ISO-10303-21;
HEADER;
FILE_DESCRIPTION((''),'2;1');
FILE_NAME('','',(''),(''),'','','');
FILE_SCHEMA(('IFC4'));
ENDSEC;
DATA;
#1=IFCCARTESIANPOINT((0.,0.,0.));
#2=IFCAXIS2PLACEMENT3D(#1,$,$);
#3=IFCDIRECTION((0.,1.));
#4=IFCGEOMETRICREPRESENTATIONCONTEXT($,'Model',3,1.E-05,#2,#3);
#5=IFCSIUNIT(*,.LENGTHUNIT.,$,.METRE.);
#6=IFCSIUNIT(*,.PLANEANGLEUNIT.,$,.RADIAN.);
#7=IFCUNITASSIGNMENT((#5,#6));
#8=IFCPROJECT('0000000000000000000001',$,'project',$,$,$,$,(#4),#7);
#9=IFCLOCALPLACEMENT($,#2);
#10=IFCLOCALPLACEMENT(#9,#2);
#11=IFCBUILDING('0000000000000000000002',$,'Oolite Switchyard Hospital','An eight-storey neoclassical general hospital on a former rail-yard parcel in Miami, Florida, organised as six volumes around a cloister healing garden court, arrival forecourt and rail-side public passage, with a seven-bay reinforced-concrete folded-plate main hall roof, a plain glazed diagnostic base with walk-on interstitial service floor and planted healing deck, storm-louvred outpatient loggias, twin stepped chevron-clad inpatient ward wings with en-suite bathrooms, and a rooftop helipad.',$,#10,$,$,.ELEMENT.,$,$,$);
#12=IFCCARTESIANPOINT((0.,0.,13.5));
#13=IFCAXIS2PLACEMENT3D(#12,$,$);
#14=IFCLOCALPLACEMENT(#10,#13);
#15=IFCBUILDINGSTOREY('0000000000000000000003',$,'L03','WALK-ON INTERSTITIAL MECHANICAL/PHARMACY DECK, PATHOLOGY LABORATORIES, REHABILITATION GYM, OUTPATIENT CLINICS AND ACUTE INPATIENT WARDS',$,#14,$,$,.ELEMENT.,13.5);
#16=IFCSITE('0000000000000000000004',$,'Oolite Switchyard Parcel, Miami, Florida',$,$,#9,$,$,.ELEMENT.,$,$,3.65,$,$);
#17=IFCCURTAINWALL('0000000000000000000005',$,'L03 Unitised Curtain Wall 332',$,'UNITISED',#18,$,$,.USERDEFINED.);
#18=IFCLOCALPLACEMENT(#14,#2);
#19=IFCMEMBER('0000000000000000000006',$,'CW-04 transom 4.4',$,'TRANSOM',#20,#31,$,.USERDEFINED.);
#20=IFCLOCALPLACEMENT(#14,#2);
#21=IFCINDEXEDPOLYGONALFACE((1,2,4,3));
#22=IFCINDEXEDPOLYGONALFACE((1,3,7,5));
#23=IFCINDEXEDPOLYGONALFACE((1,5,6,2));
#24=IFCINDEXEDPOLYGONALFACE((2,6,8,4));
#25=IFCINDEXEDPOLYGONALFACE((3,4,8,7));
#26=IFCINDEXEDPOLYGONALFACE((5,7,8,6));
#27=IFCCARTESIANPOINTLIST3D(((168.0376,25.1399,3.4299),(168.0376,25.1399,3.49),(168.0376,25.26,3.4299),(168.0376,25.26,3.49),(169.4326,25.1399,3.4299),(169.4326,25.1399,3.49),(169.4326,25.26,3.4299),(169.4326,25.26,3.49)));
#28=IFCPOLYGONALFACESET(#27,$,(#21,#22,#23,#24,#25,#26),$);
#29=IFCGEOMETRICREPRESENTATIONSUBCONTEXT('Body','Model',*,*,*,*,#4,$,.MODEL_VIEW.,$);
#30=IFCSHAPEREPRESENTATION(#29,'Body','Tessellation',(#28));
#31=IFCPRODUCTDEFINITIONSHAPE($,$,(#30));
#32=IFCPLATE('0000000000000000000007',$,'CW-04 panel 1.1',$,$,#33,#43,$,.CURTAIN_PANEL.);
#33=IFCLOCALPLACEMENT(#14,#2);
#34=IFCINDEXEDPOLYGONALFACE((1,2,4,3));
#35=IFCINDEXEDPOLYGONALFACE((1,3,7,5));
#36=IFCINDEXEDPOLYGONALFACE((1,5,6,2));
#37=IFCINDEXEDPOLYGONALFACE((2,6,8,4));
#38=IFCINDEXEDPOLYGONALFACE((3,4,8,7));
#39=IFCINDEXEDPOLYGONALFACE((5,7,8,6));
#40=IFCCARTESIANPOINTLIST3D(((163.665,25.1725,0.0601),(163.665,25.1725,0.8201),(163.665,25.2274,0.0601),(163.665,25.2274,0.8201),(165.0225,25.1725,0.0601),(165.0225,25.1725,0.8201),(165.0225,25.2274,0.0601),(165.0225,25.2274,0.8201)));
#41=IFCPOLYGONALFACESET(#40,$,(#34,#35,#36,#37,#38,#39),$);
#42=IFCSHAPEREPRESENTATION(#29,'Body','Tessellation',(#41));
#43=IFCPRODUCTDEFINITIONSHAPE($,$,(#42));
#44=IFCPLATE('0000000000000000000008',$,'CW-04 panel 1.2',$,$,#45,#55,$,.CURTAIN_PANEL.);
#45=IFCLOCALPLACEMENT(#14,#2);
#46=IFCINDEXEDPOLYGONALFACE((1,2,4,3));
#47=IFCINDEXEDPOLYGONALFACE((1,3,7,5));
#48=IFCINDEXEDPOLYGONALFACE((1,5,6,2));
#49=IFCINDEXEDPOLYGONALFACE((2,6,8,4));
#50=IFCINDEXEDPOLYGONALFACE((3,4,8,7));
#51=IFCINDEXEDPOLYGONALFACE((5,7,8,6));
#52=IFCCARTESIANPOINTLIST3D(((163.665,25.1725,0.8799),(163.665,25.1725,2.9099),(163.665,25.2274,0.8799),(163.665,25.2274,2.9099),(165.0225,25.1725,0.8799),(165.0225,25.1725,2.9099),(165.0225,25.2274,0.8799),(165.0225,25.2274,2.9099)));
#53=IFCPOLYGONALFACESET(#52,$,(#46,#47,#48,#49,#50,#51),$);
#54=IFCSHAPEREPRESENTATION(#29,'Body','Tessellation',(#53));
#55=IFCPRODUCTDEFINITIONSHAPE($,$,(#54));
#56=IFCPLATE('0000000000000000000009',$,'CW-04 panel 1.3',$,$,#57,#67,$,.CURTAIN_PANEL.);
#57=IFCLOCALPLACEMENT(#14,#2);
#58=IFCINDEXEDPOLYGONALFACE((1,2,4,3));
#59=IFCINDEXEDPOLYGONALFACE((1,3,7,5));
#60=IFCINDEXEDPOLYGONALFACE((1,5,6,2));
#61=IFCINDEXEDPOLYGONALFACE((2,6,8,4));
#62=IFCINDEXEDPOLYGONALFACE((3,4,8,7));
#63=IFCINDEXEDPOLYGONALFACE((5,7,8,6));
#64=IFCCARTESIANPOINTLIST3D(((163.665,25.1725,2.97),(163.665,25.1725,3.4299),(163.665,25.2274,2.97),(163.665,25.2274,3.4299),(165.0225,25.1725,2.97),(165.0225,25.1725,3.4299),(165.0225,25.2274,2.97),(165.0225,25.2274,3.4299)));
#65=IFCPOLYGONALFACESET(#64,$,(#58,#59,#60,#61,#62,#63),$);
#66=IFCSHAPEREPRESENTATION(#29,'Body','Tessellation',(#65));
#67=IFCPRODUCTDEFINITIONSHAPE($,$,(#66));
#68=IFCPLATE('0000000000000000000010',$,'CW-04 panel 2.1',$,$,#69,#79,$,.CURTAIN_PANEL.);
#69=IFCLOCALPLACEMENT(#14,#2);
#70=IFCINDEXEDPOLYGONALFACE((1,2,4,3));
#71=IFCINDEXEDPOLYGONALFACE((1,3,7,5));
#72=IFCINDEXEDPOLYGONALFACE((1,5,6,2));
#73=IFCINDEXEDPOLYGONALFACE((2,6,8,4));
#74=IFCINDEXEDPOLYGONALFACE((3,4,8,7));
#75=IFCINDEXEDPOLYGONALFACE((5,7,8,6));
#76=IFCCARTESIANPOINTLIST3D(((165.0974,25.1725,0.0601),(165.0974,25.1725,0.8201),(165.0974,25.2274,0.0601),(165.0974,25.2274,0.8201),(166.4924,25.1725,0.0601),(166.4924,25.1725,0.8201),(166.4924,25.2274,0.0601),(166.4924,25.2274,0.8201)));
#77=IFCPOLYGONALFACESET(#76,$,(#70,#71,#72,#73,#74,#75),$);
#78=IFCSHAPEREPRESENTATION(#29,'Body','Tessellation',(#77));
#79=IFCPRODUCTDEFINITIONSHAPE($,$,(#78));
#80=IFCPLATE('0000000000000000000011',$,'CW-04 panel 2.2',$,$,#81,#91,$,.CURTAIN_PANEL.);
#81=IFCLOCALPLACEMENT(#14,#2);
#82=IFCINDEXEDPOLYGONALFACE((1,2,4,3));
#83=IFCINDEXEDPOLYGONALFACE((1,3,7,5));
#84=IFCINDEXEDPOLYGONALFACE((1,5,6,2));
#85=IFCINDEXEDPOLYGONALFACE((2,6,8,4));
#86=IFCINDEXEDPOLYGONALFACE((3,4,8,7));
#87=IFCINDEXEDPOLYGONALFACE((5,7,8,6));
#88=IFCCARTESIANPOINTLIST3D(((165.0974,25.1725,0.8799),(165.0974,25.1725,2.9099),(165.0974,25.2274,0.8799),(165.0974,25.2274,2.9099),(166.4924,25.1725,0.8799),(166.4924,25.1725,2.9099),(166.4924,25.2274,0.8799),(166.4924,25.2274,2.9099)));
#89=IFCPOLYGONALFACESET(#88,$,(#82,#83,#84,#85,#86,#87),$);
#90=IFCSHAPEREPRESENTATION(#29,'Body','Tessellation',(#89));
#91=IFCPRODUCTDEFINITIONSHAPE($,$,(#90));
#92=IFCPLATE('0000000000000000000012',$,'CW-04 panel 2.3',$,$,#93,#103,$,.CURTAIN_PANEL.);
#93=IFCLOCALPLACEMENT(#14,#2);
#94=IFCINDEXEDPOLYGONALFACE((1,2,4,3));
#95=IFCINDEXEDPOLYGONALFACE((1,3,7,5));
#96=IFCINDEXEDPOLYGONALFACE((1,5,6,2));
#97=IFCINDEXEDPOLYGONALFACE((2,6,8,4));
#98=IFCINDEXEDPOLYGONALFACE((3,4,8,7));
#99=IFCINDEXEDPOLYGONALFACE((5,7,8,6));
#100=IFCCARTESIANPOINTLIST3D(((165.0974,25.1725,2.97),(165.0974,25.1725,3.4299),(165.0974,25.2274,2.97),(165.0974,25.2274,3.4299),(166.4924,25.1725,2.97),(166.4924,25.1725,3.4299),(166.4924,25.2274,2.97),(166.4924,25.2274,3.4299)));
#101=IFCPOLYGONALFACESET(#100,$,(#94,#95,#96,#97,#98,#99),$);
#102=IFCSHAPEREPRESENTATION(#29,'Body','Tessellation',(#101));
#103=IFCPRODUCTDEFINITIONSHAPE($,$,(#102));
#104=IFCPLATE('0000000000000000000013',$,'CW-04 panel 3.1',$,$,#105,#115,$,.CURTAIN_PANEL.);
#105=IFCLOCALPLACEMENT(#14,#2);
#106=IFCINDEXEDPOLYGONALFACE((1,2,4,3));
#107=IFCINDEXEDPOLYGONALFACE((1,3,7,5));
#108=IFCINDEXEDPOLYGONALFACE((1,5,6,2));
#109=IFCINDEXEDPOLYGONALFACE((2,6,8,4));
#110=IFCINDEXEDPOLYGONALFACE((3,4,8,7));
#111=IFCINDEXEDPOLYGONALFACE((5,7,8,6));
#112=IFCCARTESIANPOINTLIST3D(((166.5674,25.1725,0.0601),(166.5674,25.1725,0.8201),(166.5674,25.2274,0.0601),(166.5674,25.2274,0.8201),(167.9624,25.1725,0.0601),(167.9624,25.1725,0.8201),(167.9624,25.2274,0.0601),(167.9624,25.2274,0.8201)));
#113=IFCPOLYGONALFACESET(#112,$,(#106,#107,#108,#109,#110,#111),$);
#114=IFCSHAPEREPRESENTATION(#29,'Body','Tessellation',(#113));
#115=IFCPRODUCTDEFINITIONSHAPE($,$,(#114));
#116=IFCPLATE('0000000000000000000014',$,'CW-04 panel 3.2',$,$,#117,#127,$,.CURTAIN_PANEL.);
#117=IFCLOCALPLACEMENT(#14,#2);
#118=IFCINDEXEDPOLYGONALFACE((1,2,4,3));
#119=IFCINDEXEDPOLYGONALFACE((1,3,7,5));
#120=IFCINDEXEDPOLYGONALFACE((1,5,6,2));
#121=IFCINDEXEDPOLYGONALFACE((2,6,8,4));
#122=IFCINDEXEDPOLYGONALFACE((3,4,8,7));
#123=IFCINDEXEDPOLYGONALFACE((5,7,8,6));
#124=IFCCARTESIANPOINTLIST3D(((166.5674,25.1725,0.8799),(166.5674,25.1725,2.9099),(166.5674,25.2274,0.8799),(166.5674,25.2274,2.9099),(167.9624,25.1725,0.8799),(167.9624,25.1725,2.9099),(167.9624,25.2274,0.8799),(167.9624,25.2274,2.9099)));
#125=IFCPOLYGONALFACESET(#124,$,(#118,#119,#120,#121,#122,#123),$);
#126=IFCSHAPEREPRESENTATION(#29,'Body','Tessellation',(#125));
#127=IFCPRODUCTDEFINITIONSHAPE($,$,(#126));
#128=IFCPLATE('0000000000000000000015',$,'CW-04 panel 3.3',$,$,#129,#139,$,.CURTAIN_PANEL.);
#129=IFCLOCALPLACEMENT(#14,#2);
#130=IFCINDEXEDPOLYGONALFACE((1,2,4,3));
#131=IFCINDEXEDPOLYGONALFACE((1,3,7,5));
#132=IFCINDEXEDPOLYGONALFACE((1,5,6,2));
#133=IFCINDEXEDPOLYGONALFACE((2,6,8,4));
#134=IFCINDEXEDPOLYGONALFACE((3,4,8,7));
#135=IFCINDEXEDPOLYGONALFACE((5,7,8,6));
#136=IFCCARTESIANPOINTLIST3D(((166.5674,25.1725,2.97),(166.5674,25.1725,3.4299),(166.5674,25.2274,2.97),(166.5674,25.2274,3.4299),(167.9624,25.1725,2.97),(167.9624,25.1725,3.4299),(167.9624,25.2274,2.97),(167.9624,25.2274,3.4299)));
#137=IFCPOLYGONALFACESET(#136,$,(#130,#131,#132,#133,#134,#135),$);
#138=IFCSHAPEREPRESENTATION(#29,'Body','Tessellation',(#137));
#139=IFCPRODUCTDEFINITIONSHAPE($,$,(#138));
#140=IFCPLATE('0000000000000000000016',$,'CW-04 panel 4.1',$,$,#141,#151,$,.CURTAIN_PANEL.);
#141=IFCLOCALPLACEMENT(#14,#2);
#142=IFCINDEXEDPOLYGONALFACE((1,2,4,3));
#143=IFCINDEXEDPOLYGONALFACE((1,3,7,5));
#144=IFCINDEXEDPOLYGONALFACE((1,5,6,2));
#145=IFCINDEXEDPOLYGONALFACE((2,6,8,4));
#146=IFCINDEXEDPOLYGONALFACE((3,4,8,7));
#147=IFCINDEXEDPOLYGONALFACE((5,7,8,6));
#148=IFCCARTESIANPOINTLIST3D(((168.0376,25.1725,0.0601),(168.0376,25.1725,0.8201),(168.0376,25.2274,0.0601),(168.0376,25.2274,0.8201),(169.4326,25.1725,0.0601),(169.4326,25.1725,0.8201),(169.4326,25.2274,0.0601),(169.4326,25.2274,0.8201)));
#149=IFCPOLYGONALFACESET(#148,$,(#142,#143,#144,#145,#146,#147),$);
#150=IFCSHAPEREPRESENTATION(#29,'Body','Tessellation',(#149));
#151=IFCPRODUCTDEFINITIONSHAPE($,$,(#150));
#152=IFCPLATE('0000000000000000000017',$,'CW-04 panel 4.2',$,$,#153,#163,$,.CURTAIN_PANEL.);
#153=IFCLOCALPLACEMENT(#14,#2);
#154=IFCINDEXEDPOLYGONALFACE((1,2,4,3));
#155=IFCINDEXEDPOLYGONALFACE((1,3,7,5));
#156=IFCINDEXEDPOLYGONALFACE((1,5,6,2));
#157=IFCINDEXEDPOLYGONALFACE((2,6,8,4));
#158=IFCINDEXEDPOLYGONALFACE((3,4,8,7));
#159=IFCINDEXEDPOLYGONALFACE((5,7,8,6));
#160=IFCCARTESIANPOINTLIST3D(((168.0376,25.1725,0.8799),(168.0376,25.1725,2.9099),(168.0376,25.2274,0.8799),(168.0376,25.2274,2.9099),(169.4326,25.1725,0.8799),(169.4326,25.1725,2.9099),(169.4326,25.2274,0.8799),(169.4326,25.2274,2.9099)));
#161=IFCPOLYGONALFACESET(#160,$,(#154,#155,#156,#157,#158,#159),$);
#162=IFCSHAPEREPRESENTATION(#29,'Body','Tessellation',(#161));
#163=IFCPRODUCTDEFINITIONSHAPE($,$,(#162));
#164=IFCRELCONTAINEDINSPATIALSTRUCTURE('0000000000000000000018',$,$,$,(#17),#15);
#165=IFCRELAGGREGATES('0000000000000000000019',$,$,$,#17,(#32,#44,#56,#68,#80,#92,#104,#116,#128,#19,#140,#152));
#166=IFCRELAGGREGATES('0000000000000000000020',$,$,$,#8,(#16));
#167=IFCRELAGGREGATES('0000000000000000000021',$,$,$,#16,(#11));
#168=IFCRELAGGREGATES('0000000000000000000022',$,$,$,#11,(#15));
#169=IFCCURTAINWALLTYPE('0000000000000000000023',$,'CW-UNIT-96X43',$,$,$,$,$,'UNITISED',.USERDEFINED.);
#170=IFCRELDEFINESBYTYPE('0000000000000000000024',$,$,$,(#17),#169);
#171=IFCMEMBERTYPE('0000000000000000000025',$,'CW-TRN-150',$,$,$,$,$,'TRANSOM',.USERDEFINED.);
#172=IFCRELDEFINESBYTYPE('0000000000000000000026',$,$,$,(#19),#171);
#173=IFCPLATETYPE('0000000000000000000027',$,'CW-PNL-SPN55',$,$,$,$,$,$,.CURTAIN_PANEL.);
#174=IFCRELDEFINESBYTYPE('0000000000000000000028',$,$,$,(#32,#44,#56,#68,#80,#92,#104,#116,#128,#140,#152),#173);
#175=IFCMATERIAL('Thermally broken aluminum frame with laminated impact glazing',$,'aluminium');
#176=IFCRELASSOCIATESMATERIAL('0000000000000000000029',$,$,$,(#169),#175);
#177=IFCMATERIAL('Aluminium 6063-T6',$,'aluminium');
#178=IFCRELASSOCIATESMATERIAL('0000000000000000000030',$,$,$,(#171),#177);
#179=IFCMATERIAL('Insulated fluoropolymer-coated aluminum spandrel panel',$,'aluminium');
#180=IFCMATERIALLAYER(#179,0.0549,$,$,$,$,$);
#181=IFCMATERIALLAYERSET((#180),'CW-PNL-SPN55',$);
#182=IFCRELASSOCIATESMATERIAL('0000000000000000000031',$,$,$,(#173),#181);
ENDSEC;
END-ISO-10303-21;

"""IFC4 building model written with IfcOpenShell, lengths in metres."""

from ifc_helpers import new_model, si_unit, direction, frame, origin, origin_2d, place, context, subcontext, project, spatial, rectangle, extrude, material, layer, layer_set, material_profile, profile_set, type_object, element, aggregate, save


model = new_model("IFC4")

# Units and contexts
model_context = context("Model", 3, precision=1e-05, world=origin(), true_north=direction((0.0, 1.0)))
body_context = subcontext(model_context, "Body", "Model", "MODEL_VIEW")
ifc_project = project(units=[si_unit("LENGTHUNIT", "METRE"), si_unit("PLANEANGLEUNIT", "RADIAN")], contexts=[model_context])

# Site, building, storey
site_placement = place(None, origin())
site = spatial("IfcSite", under=ifc_project, at=site_placement, Name="Oolite Switchyard Parcel, Miami, Florida", CompositionType="ELEMENT", RefElevation=3.65)
building_placement = place(site_placement, origin())
building = spatial("IfcBuilding", under=site, at=building_placement, Name="Oolite Switchyard Hospital", Description="An eight-storey neoclassical general hospital on a former rail-yard parcel in Miami, Florida, organised as six volumes around a cloister healing garden court, arrival forecourt and rail-side public passage, with a seven-bay reinforced-concrete folded-plate main hall roof, a plain glazed diagnostic base with walk-on interstitial service floor and planted healing deck, storm-louvred outpatient loggias, twin stepped chevron-clad inpatient ward wings with en-suite bathrooms, and a rooftop helipad.", CompositionType="ELEMENT")
storey_placement = place(building_placement, frame((0.0, 0.0, 13.5)))
storey = spatial("IfcBuildingStorey", under=building, at=storey_placement, Name="L03", Description="WALK-ON INTERSTITIAL MECHANICAL/PHARMACY DECK, PATHOLOGY LABORATORIES, REHABILITATION GYM, OUTPATIENT CLINICS AND ACUTE INPATIENT WARDS", CompositionType="ELEMENT", Elevation=13.5)

# Curtain wall, member, plates
ifc_material_1 = material(Name="Thermally broken aluminum frame with laminated impact glazing", Category="aluminium")
curtain_wall_type = type_object("IfcCurtainWallType", Name="CW-UNIT-96X43", ElementType="UNITISED", PredefinedType="USERDEFINED", material=ifc_material_1)
curtain_wall_placement = place(storey_placement, origin())
curtain_wall = element("IfcCurtainWall", 1, at=curtain_wall_placement, inside=storey, type_object=curtain_wall_type, Name="L03 Unitised Curtain Wall 332", ObjectType="UNITISED", PredefinedType="USERDEFINED")
ifc_material_2 = material(Name="Aluminium 6063-T6", Category="aluminium")
ifc_material_profile_1 = material_profile(ifc_material_2, rectangle(XDim=0.1201, YDim=0.0601, at=origin_2d()), Name="CWT60X120")
ifc_profile_set_1 = profile_set([ifc_material_profile_1], Name="Aluminium 6063-T6")
member_type_1 = type_object("IfcMemberType", Name="CW-TRN-150", ElementType="TRANSOM", PredefinedType="USERDEFINED", material=ifc_profile_set_1)
member_1_placement = place(storey_placement, frame((168.0376, 25.2, 3.46), z_axis=(1.0, 0.0, 0.0), x_axis=(0.0, 1.0, 0.0)))
member_1 = element("IfcMember", 2, at=member_1_placement, type_object=member_type_1, Name="CW-04 transom 4.4", ObjectType="TRANSOM", PredefinedType="USERDEFINED", context=body_context, shape_type="SweptSolid", body=[
    extrude(rectangle(XDim=0.1201, YDim=0.0601, at=origin_2d()), origin(), (0.0, 0.0, 1.0), 1.395),
])
ifc_material_3 = material(Name="Insulated fluoropolymer-coated aluminum spandrel panel", Category="aluminium")
ifc_layer = layer(ifc_material_3, 0.0549)
ifc_layer_set = layer_set([ifc_layer], Name="CW-PNL-SPN55")
plate_type = type_object("IfcPlateType", Name="CW-PNL-SPN55", PredefinedType="CURTAIN_PANEL", material=ifc_layer_set)
plate_1_placement = place(storey_placement, frame((164.3438, 25.2, 0.0601), z_axis=(0.0, 0.0, 1.0), x_axis=(1.0, 0.0, 0.0)))
plate_1 = element("IfcPlate", 3, at=plate_1_placement, type_object=plate_type, Name="CW-04 panel 1.1", PredefinedType="CURTAIN_PANEL", context=body_context, shape_type="SweptSolid", body=[
    extrude(rectangle(XDim=1.3574, YDim=0.0549, at=origin_2d()), origin(), (0.0, 0.0, 1.0), 0.76),
])
plate_2_placement = place(storey_placement, frame((164.3438, 25.2, 0.8799), z_axis=(0.0, 0.0, 1.0), x_axis=(1.0, 0.0, 0.0)))
plate_2 = element("IfcPlate", 4, at=plate_2_placement, type_object=plate_type, Name="CW-04 panel 1.2", PredefinedType="CURTAIN_PANEL", context=body_context, shape_type="SweptSolid", body=[
    extrude(rectangle(XDim=1.3574, YDim=0.0549, at=origin_2d()), origin(), (0.0, 0.0, 1.0), 2.03),
])
plate_3_placement = place(storey_placement, frame((164.3438, 25.2, 2.97), z_axis=(0.0, 0.0, 1.0), x_axis=(1.0, 0.0, 0.0)))
plate_3 = element("IfcPlate", 5, at=plate_3_placement, type_object=plate_type, Name="CW-04 panel 1.3", PredefinedType="CURTAIN_PANEL", context=body_context, shape_type="SweptSolid", body=[
    extrude(rectangle(XDim=1.3574, YDim=0.0549, at=origin_2d()), origin(), (0.0, 0.0, 1.0), 0.46),
])
plate_4_placement = place(storey_placement, frame((165.7949, 25.2, 0.0601), z_axis=(0.0, 0.0, 1.0), x_axis=(1.0, 0.0, 0.0)))
plate_4 = element("IfcPlate", 6, at=plate_4_placement, type_object=plate_type, Name="CW-04 panel 2.1", PredefinedType="CURTAIN_PANEL", context=body_context, shape_type="SweptSolid", body=[
    extrude(rectangle(XDim=1.395, YDim=0.0549, at=origin_2d()), origin(), (0.0, 0.0, 1.0), 0.76),
])
plate_5_placement = place(storey_placement, frame((165.7949, 25.2, 0.8799), z_axis=(0.0, 0.0, 1.0), x_axis=(1.0, 0.0, 0.0)))
plate_5 = element("IfcPlate", 7, at=plate_5_placement, type_object=plate_type, Name="CW-04 panel 2.2", PredefinedType="CURTAIN_PANEL", context=body_context, shape_type="SweptSolid", body=[
    extrude(rectangle(XDim=1.395, YDim=0.0549, at=origin_2d()), origin(), (0.0, 0.0, 1.0), 2.03),
])
plate_6_placement = place(storey_placement, frame((165.7949, 25.2, 2.97), z_axis=(0.0, 0.0, 1.0), x_axis=(1.0, 0.0, 0.0)))
plate_6 = element("IfcPlate", 8, at=plate_6_placement, type_object=plate_type, Name="CW-04 panel 2.3", PredefinedType="CURTAIN_PANEL", context=body_context, shape_type="SweptSolid", body=[
    extrude(rectangle(XDim=1.395, YDim=0.0549, at=origin_2d()), origin(), (0.0, 0.0, 1.0), 0.46),
])
plate_7_placement = place(storey_placement, frame((167.2649, 25.2, 0.0601), z_axis=(0.0, 0.0, 1.0), x_axis=(1.0, 0.0, 0.0)))
plate_7 = element("IfcPlate", 9, at=plate_7_placement, type_object=plate_type, Name="CW-04 panel 3.1", PredefinedType="CURTAIN_PANEL", context=body_context, shape_type="SweptSolid", body=[
    extrude(rectangle(XDim=1.395, YDim=0.0549, at=origin_2d()), origin(), (0.0, 0.0, 1.0), 0.76),
])
plate_8_placement = place(storey_placement, frame((167.2649, 25.2, 0.8799), z_axis=(0.0, 0.0, 1.0), x_axis=(1.0, 0.0, 0.0)))
plate_8 = element("IfcPlate", 10, at=plate_8_placement, type_object=plate_type, Name="CW-04 panel 3.2", PredefinedType="CURTAIN_PANEL", context=body_context, shape_type="SweptSolid", body=[
    extrude(rectangle(XDim=1.395, YDim=0.0549, at=origin_2d()), origin(), (0.0, 0.0, 1.0), 2.03),
])
plate_9_placement = place(storey_placement, frame((167.2649, 25.2, 2.97), z_axis=(0.0, 0.0, 1.0), x_axis=(1.0, 0.0, 0.0)))
plate_9 = element("IfcPlate", 11, at=plate_9_placement, type_object=plate_type, Name="CW-04 panel 3.3", PredefinedType="CURTAIN_PANEL", context=body_context, shape_type="SweptSolid", body=[
    extrude(rectangle(XDim=1.395, YDim=0.0549, at=origin_2d()), origin(), (0.0, 0.0, 1.0), 0.46),
])
plate_10_placement = place(storey_placement, frame((168.7351, 25.2, 0.0601), z_axis=(0.0, 0.0, 1.0), x_axis=(1.0, 0.0, 0.0)))
plate_10 = element("IfcPlate", 12, at=plate_10_placement, type_object=plate_type, Name="CW-04 panel 4.1", PredefinedType="CURTAIN_PANEL", context=body_context, shape_type="SweptSolid", body=[
    extrude(rectangle(XDim=1.395, YDim=0.0549, at=origin_2d()), origin(), (0.0, 0.0, 1.0), 0.76),
])
plate_11_placement = place(storey_placement, frame((168.7351, 25.2, 0.8799), z_axis=(0.0, 0.0, 1.0), x_axis=(1.0, 0.0, 0.0)))
plate_11 = element("IfcPlate", 13, at=plate_11_placement, type_object=plate_type, Name="CW-04 panel 4.2", PredefinedType="CURTAIN_PANEL", context=body_context, shape_type="SweptSolid", body=[
    extrude(rectangle(XDim=1.395, YDim=0.0549, at=origin_2d()), origin(), (0.0, 0.0, 1.0), 2.03),
])
aggregate(curtain_wall, [plate_1, plate_2, plate_3, plate_4, plate_5, plate_6, plate_7, plate_8, plate_9, member_1, plate_10, plate_11])

save(model, "model.ifc")
